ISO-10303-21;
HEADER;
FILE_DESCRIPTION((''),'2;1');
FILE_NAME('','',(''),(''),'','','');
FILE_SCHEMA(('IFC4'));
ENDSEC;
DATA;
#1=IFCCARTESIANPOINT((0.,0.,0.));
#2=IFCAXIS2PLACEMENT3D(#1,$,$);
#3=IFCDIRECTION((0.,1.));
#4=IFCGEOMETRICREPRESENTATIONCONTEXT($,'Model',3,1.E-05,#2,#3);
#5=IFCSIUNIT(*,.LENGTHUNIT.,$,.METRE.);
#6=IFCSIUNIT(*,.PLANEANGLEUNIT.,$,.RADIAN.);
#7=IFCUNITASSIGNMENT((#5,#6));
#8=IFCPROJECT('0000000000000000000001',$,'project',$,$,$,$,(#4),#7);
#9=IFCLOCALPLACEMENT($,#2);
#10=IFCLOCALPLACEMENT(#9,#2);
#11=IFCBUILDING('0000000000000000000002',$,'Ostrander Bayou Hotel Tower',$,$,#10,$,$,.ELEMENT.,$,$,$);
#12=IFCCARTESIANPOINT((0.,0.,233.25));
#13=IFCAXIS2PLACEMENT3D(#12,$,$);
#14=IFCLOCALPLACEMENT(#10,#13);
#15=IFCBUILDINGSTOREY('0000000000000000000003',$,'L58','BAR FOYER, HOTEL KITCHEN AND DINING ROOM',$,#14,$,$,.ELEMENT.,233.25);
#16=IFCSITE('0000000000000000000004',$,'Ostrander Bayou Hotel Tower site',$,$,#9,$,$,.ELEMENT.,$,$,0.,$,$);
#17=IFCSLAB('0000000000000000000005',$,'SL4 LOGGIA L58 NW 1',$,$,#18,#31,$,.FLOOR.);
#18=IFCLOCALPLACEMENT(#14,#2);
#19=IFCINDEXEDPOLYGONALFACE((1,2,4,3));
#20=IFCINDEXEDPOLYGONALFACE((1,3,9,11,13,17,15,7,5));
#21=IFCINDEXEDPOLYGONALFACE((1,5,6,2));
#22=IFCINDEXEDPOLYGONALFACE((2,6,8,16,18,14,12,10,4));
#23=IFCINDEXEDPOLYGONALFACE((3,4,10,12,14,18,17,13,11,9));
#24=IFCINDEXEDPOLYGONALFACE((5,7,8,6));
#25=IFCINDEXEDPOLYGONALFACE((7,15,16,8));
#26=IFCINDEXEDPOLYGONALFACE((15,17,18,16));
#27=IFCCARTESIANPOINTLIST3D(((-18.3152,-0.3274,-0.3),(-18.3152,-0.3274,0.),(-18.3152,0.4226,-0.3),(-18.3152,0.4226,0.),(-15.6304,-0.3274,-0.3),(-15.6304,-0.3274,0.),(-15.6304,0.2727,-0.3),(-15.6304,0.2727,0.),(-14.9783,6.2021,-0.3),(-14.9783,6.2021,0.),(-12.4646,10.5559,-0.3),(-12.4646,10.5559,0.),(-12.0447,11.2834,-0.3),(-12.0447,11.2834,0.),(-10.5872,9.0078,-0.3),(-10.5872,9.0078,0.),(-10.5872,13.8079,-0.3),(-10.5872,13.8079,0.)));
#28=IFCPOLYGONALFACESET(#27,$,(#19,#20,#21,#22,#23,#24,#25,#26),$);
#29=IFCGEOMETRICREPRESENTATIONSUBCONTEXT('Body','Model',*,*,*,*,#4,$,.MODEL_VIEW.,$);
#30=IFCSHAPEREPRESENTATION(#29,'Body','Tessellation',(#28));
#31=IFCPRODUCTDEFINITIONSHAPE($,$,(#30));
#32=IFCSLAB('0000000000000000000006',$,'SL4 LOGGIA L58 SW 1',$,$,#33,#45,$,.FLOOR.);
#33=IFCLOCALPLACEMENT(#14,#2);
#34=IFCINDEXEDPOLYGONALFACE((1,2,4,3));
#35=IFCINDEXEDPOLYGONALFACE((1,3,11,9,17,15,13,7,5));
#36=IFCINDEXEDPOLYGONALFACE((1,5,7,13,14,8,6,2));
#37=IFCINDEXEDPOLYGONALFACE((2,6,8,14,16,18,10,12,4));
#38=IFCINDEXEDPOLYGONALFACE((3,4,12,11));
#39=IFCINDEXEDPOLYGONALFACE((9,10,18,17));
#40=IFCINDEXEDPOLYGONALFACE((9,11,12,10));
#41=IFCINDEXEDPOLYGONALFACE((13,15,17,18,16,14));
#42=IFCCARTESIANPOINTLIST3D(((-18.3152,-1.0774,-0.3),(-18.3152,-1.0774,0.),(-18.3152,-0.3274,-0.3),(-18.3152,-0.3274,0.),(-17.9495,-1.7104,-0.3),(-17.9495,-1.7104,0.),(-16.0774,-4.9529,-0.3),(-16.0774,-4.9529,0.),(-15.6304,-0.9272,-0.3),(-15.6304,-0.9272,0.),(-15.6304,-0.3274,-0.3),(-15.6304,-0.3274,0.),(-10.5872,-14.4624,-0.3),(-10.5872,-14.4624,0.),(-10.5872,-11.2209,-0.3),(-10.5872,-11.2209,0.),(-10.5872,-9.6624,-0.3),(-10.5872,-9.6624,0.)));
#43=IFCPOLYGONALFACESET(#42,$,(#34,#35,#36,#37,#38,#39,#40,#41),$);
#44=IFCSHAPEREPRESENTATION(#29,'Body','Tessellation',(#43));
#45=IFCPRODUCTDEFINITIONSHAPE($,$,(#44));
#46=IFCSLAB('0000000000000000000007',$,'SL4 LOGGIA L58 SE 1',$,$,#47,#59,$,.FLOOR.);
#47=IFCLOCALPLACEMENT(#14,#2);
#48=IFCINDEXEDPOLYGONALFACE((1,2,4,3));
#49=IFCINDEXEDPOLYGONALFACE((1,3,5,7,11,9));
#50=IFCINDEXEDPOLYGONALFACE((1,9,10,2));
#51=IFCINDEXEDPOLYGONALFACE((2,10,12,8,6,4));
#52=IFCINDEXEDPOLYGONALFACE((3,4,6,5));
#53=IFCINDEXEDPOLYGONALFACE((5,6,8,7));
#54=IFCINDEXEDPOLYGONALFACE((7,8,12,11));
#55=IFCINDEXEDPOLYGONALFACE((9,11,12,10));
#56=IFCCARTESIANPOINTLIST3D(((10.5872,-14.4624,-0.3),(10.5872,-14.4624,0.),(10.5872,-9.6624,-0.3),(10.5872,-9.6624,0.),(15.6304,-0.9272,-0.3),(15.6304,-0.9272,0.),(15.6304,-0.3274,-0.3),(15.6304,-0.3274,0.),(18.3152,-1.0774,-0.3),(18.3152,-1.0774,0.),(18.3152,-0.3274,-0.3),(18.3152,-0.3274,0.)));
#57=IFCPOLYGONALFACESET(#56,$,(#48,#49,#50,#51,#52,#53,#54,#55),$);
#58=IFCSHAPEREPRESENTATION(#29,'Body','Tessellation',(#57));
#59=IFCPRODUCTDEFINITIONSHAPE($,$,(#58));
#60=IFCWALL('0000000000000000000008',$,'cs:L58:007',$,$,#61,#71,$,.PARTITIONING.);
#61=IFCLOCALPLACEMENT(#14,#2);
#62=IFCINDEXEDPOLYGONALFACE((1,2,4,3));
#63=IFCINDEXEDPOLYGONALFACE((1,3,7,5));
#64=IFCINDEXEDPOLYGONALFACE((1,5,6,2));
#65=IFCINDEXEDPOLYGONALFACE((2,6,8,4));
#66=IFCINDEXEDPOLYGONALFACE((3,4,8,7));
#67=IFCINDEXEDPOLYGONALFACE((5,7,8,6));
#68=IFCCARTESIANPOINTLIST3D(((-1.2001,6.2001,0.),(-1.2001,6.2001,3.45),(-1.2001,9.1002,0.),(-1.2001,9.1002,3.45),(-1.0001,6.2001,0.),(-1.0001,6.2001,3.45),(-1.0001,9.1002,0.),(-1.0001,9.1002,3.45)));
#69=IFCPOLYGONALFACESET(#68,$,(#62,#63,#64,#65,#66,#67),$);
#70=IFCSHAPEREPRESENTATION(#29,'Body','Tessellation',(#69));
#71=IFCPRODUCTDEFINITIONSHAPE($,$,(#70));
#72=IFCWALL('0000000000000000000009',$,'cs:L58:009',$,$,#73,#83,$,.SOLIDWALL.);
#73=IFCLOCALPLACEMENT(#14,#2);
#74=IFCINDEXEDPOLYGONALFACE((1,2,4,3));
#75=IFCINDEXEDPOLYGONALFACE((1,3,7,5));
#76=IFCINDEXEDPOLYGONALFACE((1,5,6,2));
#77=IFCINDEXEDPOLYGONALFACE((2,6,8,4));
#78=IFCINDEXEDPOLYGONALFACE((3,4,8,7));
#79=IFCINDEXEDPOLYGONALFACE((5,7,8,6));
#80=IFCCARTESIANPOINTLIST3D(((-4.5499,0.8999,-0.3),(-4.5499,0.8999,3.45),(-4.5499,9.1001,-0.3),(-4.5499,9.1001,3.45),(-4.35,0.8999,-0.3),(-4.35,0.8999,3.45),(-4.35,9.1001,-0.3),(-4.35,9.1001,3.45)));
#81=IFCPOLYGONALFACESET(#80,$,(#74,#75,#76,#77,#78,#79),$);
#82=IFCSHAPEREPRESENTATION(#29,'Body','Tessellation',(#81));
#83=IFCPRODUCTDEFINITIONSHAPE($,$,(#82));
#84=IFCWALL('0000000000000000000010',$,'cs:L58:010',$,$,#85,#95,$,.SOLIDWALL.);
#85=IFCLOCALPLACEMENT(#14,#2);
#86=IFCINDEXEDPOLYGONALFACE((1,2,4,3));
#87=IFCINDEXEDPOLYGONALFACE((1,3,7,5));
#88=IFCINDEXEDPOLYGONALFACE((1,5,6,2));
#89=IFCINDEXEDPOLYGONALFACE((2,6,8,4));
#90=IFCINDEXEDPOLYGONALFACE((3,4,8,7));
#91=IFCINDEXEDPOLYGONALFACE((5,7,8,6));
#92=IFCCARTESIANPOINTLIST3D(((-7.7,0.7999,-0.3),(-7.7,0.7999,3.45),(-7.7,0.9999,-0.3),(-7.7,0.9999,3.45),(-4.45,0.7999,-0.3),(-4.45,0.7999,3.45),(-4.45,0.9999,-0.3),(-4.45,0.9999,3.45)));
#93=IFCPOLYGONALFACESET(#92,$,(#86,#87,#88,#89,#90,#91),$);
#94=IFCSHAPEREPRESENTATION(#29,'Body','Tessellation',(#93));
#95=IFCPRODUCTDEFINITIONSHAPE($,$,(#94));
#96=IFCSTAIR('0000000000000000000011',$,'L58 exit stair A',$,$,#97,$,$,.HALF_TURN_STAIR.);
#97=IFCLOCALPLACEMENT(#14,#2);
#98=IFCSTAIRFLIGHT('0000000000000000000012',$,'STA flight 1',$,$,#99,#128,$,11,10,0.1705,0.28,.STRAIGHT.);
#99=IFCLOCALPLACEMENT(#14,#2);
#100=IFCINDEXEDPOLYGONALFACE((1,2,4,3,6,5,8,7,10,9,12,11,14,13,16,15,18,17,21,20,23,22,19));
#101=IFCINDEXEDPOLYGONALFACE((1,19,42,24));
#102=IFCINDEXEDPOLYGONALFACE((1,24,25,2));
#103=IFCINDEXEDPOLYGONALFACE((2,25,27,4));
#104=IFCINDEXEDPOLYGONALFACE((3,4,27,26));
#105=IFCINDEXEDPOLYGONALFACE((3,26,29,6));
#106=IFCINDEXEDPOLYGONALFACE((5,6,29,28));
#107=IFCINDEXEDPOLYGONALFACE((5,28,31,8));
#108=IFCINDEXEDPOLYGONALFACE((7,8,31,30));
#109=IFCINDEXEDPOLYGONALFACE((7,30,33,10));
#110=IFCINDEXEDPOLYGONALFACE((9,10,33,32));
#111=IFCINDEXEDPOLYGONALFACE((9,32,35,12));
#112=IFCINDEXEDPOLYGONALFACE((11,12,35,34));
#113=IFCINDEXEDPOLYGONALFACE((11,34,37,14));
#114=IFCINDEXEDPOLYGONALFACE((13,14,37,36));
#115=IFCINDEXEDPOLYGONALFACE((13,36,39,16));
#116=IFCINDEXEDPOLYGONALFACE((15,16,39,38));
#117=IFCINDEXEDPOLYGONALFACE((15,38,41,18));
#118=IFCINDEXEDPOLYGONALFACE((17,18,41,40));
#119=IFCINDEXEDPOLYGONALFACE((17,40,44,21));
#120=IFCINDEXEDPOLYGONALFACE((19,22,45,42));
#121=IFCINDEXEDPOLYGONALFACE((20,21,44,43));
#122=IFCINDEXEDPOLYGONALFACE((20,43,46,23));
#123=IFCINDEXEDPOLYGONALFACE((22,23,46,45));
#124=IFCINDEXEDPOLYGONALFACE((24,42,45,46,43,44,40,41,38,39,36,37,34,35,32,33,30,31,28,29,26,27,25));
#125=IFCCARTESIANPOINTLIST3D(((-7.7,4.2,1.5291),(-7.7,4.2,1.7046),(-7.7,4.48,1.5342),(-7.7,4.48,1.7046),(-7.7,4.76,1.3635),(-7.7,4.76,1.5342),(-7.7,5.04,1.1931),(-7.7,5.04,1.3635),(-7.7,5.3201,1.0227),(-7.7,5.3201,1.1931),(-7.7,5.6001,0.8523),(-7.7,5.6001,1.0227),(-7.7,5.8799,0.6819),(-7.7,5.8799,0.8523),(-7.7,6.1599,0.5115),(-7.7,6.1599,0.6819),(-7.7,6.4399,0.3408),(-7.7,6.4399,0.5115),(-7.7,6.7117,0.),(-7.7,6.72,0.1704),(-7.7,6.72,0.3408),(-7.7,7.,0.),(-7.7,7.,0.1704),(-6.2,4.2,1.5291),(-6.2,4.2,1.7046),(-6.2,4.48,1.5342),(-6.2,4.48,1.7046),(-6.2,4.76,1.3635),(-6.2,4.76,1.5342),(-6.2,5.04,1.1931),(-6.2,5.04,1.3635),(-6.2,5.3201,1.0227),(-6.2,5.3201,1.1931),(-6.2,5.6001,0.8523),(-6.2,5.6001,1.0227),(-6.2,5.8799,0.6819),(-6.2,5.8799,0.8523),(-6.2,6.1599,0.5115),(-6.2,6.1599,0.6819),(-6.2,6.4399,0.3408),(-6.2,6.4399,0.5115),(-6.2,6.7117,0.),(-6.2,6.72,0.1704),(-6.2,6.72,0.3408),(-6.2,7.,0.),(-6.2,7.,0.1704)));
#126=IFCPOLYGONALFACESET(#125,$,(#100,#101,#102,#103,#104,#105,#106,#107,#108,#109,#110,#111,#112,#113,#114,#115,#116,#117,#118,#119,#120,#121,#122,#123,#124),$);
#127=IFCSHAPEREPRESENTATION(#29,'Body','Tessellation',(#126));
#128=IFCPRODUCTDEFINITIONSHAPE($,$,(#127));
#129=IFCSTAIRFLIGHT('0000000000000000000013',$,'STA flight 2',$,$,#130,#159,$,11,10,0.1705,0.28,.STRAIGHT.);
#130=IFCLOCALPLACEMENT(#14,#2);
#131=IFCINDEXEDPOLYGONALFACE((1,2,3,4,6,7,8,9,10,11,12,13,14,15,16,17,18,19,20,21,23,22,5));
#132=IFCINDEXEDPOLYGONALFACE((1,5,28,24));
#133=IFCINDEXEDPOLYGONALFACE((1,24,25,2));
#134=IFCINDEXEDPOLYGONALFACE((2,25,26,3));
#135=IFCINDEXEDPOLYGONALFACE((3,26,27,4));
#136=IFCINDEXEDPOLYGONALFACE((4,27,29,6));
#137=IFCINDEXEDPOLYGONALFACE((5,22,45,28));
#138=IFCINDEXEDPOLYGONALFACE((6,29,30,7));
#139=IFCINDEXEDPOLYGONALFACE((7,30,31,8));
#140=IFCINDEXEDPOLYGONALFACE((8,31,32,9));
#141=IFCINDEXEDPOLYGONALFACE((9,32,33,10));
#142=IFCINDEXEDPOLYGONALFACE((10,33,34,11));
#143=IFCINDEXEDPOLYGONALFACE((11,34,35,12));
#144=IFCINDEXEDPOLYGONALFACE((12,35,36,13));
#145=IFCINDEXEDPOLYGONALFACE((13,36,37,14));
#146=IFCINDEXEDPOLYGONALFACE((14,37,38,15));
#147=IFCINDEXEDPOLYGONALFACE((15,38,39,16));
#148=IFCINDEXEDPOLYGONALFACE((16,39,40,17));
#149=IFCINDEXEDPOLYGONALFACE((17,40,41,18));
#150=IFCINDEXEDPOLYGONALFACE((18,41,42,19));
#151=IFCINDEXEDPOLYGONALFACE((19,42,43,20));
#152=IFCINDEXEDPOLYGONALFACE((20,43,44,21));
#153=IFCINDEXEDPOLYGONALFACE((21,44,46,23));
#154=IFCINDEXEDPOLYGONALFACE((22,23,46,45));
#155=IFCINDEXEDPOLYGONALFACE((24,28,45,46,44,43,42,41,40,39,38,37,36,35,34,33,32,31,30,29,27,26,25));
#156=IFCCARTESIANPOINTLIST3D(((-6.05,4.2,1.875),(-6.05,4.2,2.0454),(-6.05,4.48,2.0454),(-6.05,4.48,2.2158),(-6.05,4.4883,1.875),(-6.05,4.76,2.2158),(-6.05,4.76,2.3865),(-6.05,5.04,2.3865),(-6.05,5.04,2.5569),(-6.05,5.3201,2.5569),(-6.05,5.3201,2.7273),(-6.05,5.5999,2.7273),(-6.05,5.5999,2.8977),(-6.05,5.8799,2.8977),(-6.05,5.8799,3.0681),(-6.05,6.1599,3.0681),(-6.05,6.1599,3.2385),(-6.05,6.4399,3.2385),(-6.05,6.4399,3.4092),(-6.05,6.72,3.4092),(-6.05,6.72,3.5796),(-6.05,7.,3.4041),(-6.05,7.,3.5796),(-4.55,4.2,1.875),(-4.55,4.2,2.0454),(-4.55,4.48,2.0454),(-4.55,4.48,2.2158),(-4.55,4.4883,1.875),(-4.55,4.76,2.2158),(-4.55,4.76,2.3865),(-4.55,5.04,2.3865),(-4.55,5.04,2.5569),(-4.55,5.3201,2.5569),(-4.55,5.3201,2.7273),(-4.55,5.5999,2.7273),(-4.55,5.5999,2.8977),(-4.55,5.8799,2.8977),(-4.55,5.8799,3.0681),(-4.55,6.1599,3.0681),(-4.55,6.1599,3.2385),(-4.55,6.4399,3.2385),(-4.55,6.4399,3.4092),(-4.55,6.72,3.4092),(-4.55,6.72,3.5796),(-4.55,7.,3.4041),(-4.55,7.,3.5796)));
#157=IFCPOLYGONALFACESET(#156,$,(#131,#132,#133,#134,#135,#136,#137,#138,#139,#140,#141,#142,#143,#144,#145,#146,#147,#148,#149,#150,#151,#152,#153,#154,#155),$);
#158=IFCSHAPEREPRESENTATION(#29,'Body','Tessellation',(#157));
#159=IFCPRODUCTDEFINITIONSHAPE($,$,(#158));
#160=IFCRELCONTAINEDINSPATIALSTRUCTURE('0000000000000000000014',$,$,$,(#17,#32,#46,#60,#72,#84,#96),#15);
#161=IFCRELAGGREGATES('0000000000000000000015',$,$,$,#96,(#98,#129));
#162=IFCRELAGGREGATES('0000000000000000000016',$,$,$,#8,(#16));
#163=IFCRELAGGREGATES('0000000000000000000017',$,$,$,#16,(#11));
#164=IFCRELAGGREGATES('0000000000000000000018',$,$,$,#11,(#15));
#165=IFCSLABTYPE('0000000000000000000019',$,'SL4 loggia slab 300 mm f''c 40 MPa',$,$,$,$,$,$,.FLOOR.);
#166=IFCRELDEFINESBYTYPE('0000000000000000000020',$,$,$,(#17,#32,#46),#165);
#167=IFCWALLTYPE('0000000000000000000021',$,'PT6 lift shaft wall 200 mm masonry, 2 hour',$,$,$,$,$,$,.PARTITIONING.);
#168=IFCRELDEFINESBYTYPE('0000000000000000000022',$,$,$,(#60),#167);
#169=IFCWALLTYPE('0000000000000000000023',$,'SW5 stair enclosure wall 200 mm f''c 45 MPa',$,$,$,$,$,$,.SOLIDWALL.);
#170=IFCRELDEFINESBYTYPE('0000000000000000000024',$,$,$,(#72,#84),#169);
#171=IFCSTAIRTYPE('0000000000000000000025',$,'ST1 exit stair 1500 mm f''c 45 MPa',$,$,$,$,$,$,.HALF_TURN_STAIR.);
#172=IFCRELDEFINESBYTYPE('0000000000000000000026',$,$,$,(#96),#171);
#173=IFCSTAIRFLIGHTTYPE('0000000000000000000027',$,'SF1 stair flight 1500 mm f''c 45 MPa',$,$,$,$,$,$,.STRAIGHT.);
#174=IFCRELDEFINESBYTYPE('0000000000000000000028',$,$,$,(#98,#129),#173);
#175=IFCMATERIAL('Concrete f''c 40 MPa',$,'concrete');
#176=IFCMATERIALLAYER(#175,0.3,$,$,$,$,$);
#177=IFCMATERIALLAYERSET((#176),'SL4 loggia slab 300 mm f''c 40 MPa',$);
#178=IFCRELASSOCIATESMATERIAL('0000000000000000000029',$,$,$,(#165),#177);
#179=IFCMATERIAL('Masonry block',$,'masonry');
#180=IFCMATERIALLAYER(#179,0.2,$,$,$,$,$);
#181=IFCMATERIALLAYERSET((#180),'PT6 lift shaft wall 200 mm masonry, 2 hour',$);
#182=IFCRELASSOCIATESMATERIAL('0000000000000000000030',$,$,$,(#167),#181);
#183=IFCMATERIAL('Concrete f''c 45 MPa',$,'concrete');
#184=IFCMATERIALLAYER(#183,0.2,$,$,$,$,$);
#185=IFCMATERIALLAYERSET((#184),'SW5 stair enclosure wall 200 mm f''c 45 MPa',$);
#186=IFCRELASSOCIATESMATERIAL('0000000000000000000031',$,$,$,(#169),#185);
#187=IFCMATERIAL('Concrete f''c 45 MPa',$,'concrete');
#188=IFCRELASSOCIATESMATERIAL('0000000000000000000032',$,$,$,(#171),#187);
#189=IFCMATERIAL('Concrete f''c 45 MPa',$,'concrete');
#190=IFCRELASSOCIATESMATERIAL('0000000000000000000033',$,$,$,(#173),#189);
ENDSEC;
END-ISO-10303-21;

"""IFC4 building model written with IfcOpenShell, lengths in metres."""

from ifc_helpers import new_model, si_unit, direction, frame, frame_2d, origin, place, context, subcontext, project, spatial, polyline, rectangle, outline, extrude, material, layer, layer_set, type_object, element, aggregate, save


model = new_model("IFC4")

# Units and contexts
model_context = context("Model", 3, precision=1e-05, world=origin(), true_north=direction((0.0, 1.0)))
body_context = subcontext(model_context, "Body", "Model", "MODEL_VIEW")
ifc_project = project(units=[si_unit("LENGTHUNIT", "METRE"), si_unit("PLANEANGLEUNIT", "RADIAN")], contexts=[model_context])

# Site, building, storey
site_placement = place(None, origin())
site = spatial("IfcSite", under=ifc_project, at=site_placement, Name="Ostrander Bayou Hotel Tower site", CompositionType="ELEMENT", RefElevation=0.0)
building_placement = place(site_placement, origin())
building = spatial("IfcBuilding", under=site, at=building_placement, Name="Ostrander Bayou Hotel Tower", CompositionType="ELEMENT")
storey_placement = place(building_placement, frame((0.0, 0.0, 233.25)))
storey = spatial("IfcBuildingStorey", under=building, at=storey_placement, Name="L58", Description="BAR FOYER, HOTEL KITCHEN AND DINING ROOM", CompositionType="ELEMENT", Elevation=233.25)

# Slabs
ifc_material_1 = material(Name="Concrete f'c 40 MPa", Category="concrete")
ifc_layer_1 = layer(ifc_material_1, 0.3)
ifc_layer_set_1 = layer_set([ifc_layer_1], Name="SL4 loggia slab 300 mm f'c 40 MPa")
slab_type = type_object("IfcSlabType", Name="SL4 loggia slab 300 mm f'c 40 MPa", PredefinedType="FLOOR", material=ifc_layer_set_1)
slab_1_placement = place(storey_placement, frame((0.0, 0.0, -0.3)))
element("IfcSlab", 1, at=slab_1_placement, inside=storey, type_object=slab_type, Name="SL4 LOGGIA L58 NW 1", PredefinedType="FLOOR", context=body_context, shape_type="SweptSolid", body=[
    extrude(outline(polyline([(-12.0447, 11.2834), (-10.5872, 13.8079), (-10.5872, 9.0078), (-15.6304, 0.2727), (-15.6304, -0.3274), (-18.3152, -0.3274), (-18.3152, 0.4226), (-14.9783, 6.2021), (-12.4646, 10.5559), (-12.0447, 11.2834)])), origin(), (0.0, 0.0, 1.0), 0.3),
])
slab_2_placement = place(storey_placement, frame((0.0, 0.0, -0.3)))
element("IfcSlab", 2, at=slab_2_placement, inside=storey, type_object=slab_type, Name="SL4 LOGGIA L58 SW 1", PredefinedType="FLOOR", context=body_context, shape_type="SweptSolid", body=[
    extrude(outline(polyline([(-10.5872, -11.2209), (-10.5872, -14.4624), (-16.0774, -4.9529), (-17.9495, -1.7104), (-18.3152, -1.0774), (-18.3152, -0.3274), (-15.6304, -0.3274), (-15.6304, -0.9272), (-10.5872, -9.6624), (-10.5872, -11.2209)])), origin(), (0.0, 0.0, 1.0), 0.3),
])
slab_3_placement = place(storey_placement, frame((0.0, 0.0, -0.3)))
element("IfcSlab", 3, at=slab_3_placement, inside=storey, type_object=slab_type, Name="SL4 LOGGIA L58 SE 1", PredefinedType="FLOOR", context=body_context, shape_type="SweptSolid", body=[
    extrude(outline(polyline([(15.6304, -0.3274), (18.3152, -0.3274), (18.3152, -1.0774), (10.5872, -14.4624), (10.5872, -9.6624), (15.6304, -0.9272), (15.6304, -0.3274)])), origin(), (0.0, 0.0, 1.0), 0.3),
])

# Shared definitions
ifc_material_2 = material(Name="Masonry block", Category="masonry")
ifc_layer_2 = layer(ifc_material_2, 0.2)
ifc_layer_set_2 = layer_set([ifc_layer_2], Name="PT6 lift shaft wall 200 mm masonry, 2 hour")
wall_type_1 = type_object("IfcWallType", Name="PT6 lift shaft wall 200 mm masonry, 2 hour", PredefinedType="PARTITIONING", material=ifc_layer_set_2)

# Walls
wall_1_placement = place(storey_placement, frame((-1.1001, 6.2, 0.0), z_axis=(0.0, 0.0, 1.0), x_axis=(0.0, 1.0, 0.0)))
element("IfcWall", 4, at=wall_1_placement, inside=storey, type_object=wall_type_1, Name="cs:L58:007", PredefinedType="PARTITIONING", context=body_context, shape_type="SweptSolid", body=[
    extrude(rectangle(XDim=2.9001, YDim=0.2, at=frame_2d((1.4502, 0.0))), origin(), (0.0, 0.0, 1.0), 3.45),
])
ifc_material_3 = material(Name="Concrete f'c 45 MPa", Category="concrete")
ifc_layer_3 = layer(ifc_material_3, 0.2)
ifc_layer_set_3 = layer_set([ifc_layer_3], Name="SW5 stair enclosure wall 200 mm f'c 45 MPa")
wall_type_2 = type_object("IfcWallType", Name="SW5 stair enclosure wall 200 mm f'c 45 MPa", PredefinedType="SOLIDWALL", material=ifc_layer_set_3)
wall_2_placement = place(storey_placement, frame((-4.45, 0.8999, -0.3), z_axis=(0.0, 0.0, 1.0), x_axis=(0.0, 1.0, 0.0)))
element("IfcWall", 5, at=wall_2_placement, inside=storey, type_object=wall_type_2, Name="cs:L58:009", PredefinedType="SOLIDWALL", context=body_context, shape_type="SweptSolid", body=[
    extrude(rectangle(XDim=8.2002, YDim=0.2, at=frame_2d((4.1001, 0.0))), origin(), (0.0, 0.0, 1.0), 3.75),
])
wall_3_placement = place(storey_placement, frame((-7.7, 0.8999, -0.3), z_axis=(0.0, 0.0, 1.0), x_axis=(1.0, 0.0, 0.0)))
element("IfcWall", 6, at=wall_3_placement, inside=storey, type_object=wall_type_2, Name="cs:L58:010", PredefinedType="SOLIDWALL", context=body_context, shape_type="SweptSolid", body=[
    extrude(rectangle(XDim=3.25, YDim=0.2, at=frame_2d((1.625, 0.0))), origin(), (0.0, 0.0, 1.0), 3.75),
])

# Stair, stair flights
ifc_material_4 = material(Name="Concrete f'c 45 MPa", Category="concrete")
stair_type = type_object("IfcStairType", Name="ST1 exit stair 1500 mm f'c 45 MPa", PredefinedType="HALF_TURN_STAIR", material=ifc_material_4)
stair_placement = place(storey_placement, origin())
stair = element("IfcStair", 7, at=stair_placement, inside=storey, type_object=stair_type, Name="L58 exit stair A", PredefinedType="HALF_TURN_STAIR")
ifc_material_5 = material(Name="Concrete f'c 45 MPa", Category="concrete")
stair_flight_type = type_object("IfcStairFlightType", Name="SF1 stair flight 1500 mm f'c 45 MPa", PredefinedType="STRAIGHT", material=ifc_material_5)
stair_flight_1_placement = place(storey_placement, frame((-6.95, 7.0, 0.0), z_axis=(0.0, 0.0, 1.0), x_axis=(0.0, -1.0, 0.0)))
stair_flight_1 = element("IfcStairFlight", 8, at=stair_flight_1_placement, type_object=stair_flight_type, Name="STA flight 1", NumberOfRisers=11, NumberOfTreads=10, PredefinedType="STRAIGHT", RiserHeight=0.1705, TreadLength=0.28, context=body_context, shape_type="SweptSolid", body=[
    extrude(outline(polyline([(0.0, 0.0), (0.0, 0.1704), (0.28, 0.1704), (0.28, 0.3408), (0.5601, 0.3408), (0.5601, 0.5115), (0.8401, 0.5115), (0.8401, 0.6819), (1.1201, 0.6819), (1.1201, 0.8523), (1.3999, 0.8523), (1.3999, 1.0227), (1.6799, 1.0227), (1.6799, 1.1931), (1.96, 1.1931), (1.96, 1.3635), (2.24, 1.3635), (2.24, 1.5342), (2.52, 1.5342), (2.52, 1.7046), (2.8, 1.7046), (2.8, 1.875), (2.8, 1.5291), (0.2883, 0.0), (0.0, 0.0)])), frame((0.0, 0.75, 0.0), z_axis=(0.0, -1.0, 0.0), x_axis=(1.0, 0.0, 0.0)), (0.0, 0.0, 1.0), 1.5),
])
stair_flight_2_placement = place(storey_placement, frame((-5.3, 4.2, 1.875), z_axis=(0.0, 0.0, 1.0), x_axis=(0.0, 1.0, 0.0)))
stair_flight_2 = element("IfcStairFlight", 9, at=stair_flight_2_placement, type_object=stair_flight_type, Name="STA flight 2", NumberOfRisers=11, NumberOfTreads=10, PredefinedType="STRAIGHT", RiserHeight=0.1705, TreadLength=0.28, context=body_context, shape_type="SweptSolid", body=[
    extrude(outline(polyline([(0.0, 0.0), (0.0, 0.1704), (0.28, 0.1704), (0.28, 0.3408), (0.5601, 0.3408), (0.5601, 0.5115), (0.8401, 0.5115), (0.8401, 0.6819), (1.1201, 0.6819), (1.1201, 0.8523), (1.3999, 0.8523), (1.3999, 1.0227), (1.6799, 1.0227), (1.6799, 1.1931), (1.96, 1.1931), (1.96, 1.3635), (2.24, 1.3635), (2.24, 1.5342), (2.52, 1.5342), (2.52, 1.7046), (2.8, 1.7046), (2.8, 1.875), (2.8, 1.5291), (0.2883, 0.0), (0.0, 0.0)])), frame((0.0, 0.75, 0.0), z_axis=(0.0, -1.0, 0.0), x_axis=(1.0, 0.0, 0.0)), (0.0, 0.0, 1.0), 1.5),
])
aggregate(stair, [stair_flight_1, stair_flight_2])

save(model, "model.ifc")
